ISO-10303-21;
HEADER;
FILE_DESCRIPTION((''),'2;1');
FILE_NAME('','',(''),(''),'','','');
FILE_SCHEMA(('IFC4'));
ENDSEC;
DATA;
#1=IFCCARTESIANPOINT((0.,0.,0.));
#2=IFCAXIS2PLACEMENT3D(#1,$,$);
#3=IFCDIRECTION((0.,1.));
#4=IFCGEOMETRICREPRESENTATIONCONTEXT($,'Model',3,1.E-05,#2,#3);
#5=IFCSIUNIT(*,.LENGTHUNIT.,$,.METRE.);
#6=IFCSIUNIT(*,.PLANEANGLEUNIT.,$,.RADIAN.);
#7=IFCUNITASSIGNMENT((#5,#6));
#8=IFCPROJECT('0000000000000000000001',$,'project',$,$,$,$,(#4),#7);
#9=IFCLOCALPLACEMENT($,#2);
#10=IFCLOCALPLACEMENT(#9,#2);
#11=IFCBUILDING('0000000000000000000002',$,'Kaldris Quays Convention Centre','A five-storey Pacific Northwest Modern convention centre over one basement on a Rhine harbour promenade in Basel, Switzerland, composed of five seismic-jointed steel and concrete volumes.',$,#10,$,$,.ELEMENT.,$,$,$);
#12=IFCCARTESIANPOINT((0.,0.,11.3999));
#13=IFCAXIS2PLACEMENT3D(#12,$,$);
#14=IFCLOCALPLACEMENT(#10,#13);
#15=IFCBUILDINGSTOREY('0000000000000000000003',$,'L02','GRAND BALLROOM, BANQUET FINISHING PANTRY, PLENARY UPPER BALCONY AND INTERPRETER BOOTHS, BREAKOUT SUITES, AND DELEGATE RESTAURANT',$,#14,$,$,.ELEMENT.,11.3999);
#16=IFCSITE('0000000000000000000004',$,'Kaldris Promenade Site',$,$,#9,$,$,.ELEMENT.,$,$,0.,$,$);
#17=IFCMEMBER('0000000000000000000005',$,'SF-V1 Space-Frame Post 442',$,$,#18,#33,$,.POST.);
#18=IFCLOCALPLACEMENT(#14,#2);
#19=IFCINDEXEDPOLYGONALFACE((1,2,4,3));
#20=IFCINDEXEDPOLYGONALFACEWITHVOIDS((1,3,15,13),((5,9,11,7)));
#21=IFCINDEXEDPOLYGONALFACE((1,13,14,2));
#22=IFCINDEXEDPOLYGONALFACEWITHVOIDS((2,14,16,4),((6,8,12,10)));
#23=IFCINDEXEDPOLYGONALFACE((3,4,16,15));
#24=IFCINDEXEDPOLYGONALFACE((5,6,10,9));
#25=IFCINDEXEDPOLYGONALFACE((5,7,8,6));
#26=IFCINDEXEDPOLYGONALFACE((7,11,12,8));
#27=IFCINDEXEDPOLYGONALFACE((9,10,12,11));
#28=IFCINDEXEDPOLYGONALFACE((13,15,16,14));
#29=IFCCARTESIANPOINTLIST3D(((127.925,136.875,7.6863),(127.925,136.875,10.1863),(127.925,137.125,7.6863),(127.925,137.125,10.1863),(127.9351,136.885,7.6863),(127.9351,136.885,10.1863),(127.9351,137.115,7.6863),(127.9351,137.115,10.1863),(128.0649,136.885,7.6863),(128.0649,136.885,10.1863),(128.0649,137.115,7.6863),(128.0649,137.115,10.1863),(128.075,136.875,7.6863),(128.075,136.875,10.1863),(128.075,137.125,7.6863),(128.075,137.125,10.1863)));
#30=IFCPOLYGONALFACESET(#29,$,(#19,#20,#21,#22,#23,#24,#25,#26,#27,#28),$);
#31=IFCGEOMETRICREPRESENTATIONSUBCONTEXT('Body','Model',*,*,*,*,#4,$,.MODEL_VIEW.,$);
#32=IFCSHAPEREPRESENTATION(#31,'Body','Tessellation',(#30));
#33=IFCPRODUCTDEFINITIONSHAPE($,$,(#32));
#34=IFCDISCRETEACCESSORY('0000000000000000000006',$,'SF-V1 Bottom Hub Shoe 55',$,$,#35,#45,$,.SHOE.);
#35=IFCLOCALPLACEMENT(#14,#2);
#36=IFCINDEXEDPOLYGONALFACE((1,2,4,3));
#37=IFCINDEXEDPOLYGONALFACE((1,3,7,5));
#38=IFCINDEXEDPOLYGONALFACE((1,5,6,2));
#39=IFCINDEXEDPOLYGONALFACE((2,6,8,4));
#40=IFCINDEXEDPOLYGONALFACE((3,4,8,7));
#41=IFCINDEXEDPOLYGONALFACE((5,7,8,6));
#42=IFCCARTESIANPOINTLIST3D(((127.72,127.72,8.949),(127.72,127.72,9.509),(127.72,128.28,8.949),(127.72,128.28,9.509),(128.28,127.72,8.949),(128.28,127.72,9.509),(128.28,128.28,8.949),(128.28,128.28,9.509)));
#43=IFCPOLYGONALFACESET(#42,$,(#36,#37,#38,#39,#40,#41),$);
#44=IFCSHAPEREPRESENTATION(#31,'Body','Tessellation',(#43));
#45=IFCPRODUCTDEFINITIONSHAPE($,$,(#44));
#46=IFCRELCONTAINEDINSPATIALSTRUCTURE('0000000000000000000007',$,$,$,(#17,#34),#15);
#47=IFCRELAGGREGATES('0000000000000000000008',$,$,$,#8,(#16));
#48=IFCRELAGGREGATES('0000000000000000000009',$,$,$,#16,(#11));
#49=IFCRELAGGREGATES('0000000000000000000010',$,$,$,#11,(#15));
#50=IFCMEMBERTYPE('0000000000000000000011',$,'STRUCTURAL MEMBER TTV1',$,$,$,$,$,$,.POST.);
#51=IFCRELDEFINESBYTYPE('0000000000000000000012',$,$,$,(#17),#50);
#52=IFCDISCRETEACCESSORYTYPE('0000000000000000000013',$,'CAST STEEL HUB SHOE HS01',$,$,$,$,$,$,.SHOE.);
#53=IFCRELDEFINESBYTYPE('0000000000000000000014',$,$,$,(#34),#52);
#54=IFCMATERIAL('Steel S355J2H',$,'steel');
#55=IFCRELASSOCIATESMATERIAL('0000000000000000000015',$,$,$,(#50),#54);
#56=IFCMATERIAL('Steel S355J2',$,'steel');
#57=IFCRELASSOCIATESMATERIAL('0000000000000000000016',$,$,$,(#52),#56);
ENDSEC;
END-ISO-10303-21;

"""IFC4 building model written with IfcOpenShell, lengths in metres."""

from ifc_helpers import new_model, si_unit, direction, frame, origin, origin_2d, place, context, subcontext, project, spatial, rectangle, hollow_rectangle, extrude, material, material_profile, profile_set, type_object, element, save


model = new_model("IFC4")

# Units and contexts
model_context = context("Model", 3, precision=1e-05, world=origin(), true_north=direction((0.0, 1.0)))
body_context = subcontext(model_context, "Body", "Model", "MODEL_VIEW")
ifc_project = project(units=[si_unit("LENGTHUNIT", "METRE"), si_unit("PLANEANGLEUNIT", "RADIAN")], contexts=[model_context])

# Site, building, storey
site_placement = place(None, origin())
site = spatial("IfcSite", under=ifc_project, at=site_placement, Name="Kaldris Promenade Site", CompositionType="ELEMENT", RefElevation=0.0)
building_placement = place(site_placement, origin())
building = spatial("IfcBuilding", under=site, at=building_placement, Name="Kaldris Quays Convention Centre", Description="A five-storey Pacific Northwest Modern convention centre over one basement on a Rhine harbour promenade in Basel, Switzerland, composed of five seismic-jointed steel and concrete volumes.", CompositionType="ELEMENT")
storey_placement = place(building_placement, frame((0.0, 0.0, 11.3999)))
storey = spatial("IfcBuildingStorey", under=building, at=storey_placement, Name="L02", Description="GRAND BALLROOM, BANQUET FINISHING PANTRY, PLENARY UPPER BALCONY AND INTERPRETER BOOTHS, BREAKOUT SUITES, AND DELEGATE RESTAURANT", CompositionType="ELEMENT", Elevation=11.3999)

# Member
ifc_material_1 = material(Name="Steel S355J2H", Category="steel")
ifc_material_profile_1 = material_profile(ifc_material_1, hollow_rectangle(XDim=0.1499, YDim=0.25, WallThickness=0.01, at=origin_2d()), Name="RHS 250x150x10")
ifc_profile_set_1 = profile_set([ifc_material_profile_1], Name="Steel S355J2H")
member_type_1 = type_object("IfcMemberType", Name="STRUCTURAL MEMBER TTV1", PredefinedType="POST", material=ifc_profile_set_1)
for number, where, z_axis, x_axis, name in (
    (1, (128.0, 137.0, 7.6863), (0.0, 0.0, 1.0), (1.0, 0.0, 0.0), "SF-V1 Space-Frame Post 442"),
):
    element("IfcMember", number, at=place(storey_placement, frame(where, z_axis=z_axis, x_axis=x_axis)), inside=storey, type_object=member_type_1, Name=name, PredefinedType="POST", context=body_context, shape_type="SweptSolid", body=[
        extrude(hollow_rectangle(XDim=0.1499, YDim=0.25, WallThickness=0.01, at=origin_2d()), origin(), (0.0, 0.0, 1.0), 2.5),
    ])

# Discrete accessory
ifc_material_2 = material(Name="Steel S355J2", Category="steel")
discrete_accessory_type = type_object("IfcDiscreteAccessoryType", Name="CAST STEEL HUB SHOE HS01", PredefinedType="SHOE", material=ifc_material_2)
discrete_accessory_placement = place(storey_placement, frame((128.0, 128.0, 8.949), z_axis=(0.0, 0.0, 1.0), x_axis=(1.0, 0.0, 0.0)))
element("IfcDiscreteAccessory", 2, at=discrete_accessory_placement, inside=storey, type_object=discrete_accessory_type, Name="SF-V1 Bottom Hub Shoe 55", PredefinedType="SHOE", context=body_context, shape_type="SweptSolid", body=[
    extrude(rectangle(XDim=0.5601, YDim=0.5601, at=origin_2d()), origin(), (0.0, 0.0, 1.0), 0.5601),
])

save(model, "model.ifc")
